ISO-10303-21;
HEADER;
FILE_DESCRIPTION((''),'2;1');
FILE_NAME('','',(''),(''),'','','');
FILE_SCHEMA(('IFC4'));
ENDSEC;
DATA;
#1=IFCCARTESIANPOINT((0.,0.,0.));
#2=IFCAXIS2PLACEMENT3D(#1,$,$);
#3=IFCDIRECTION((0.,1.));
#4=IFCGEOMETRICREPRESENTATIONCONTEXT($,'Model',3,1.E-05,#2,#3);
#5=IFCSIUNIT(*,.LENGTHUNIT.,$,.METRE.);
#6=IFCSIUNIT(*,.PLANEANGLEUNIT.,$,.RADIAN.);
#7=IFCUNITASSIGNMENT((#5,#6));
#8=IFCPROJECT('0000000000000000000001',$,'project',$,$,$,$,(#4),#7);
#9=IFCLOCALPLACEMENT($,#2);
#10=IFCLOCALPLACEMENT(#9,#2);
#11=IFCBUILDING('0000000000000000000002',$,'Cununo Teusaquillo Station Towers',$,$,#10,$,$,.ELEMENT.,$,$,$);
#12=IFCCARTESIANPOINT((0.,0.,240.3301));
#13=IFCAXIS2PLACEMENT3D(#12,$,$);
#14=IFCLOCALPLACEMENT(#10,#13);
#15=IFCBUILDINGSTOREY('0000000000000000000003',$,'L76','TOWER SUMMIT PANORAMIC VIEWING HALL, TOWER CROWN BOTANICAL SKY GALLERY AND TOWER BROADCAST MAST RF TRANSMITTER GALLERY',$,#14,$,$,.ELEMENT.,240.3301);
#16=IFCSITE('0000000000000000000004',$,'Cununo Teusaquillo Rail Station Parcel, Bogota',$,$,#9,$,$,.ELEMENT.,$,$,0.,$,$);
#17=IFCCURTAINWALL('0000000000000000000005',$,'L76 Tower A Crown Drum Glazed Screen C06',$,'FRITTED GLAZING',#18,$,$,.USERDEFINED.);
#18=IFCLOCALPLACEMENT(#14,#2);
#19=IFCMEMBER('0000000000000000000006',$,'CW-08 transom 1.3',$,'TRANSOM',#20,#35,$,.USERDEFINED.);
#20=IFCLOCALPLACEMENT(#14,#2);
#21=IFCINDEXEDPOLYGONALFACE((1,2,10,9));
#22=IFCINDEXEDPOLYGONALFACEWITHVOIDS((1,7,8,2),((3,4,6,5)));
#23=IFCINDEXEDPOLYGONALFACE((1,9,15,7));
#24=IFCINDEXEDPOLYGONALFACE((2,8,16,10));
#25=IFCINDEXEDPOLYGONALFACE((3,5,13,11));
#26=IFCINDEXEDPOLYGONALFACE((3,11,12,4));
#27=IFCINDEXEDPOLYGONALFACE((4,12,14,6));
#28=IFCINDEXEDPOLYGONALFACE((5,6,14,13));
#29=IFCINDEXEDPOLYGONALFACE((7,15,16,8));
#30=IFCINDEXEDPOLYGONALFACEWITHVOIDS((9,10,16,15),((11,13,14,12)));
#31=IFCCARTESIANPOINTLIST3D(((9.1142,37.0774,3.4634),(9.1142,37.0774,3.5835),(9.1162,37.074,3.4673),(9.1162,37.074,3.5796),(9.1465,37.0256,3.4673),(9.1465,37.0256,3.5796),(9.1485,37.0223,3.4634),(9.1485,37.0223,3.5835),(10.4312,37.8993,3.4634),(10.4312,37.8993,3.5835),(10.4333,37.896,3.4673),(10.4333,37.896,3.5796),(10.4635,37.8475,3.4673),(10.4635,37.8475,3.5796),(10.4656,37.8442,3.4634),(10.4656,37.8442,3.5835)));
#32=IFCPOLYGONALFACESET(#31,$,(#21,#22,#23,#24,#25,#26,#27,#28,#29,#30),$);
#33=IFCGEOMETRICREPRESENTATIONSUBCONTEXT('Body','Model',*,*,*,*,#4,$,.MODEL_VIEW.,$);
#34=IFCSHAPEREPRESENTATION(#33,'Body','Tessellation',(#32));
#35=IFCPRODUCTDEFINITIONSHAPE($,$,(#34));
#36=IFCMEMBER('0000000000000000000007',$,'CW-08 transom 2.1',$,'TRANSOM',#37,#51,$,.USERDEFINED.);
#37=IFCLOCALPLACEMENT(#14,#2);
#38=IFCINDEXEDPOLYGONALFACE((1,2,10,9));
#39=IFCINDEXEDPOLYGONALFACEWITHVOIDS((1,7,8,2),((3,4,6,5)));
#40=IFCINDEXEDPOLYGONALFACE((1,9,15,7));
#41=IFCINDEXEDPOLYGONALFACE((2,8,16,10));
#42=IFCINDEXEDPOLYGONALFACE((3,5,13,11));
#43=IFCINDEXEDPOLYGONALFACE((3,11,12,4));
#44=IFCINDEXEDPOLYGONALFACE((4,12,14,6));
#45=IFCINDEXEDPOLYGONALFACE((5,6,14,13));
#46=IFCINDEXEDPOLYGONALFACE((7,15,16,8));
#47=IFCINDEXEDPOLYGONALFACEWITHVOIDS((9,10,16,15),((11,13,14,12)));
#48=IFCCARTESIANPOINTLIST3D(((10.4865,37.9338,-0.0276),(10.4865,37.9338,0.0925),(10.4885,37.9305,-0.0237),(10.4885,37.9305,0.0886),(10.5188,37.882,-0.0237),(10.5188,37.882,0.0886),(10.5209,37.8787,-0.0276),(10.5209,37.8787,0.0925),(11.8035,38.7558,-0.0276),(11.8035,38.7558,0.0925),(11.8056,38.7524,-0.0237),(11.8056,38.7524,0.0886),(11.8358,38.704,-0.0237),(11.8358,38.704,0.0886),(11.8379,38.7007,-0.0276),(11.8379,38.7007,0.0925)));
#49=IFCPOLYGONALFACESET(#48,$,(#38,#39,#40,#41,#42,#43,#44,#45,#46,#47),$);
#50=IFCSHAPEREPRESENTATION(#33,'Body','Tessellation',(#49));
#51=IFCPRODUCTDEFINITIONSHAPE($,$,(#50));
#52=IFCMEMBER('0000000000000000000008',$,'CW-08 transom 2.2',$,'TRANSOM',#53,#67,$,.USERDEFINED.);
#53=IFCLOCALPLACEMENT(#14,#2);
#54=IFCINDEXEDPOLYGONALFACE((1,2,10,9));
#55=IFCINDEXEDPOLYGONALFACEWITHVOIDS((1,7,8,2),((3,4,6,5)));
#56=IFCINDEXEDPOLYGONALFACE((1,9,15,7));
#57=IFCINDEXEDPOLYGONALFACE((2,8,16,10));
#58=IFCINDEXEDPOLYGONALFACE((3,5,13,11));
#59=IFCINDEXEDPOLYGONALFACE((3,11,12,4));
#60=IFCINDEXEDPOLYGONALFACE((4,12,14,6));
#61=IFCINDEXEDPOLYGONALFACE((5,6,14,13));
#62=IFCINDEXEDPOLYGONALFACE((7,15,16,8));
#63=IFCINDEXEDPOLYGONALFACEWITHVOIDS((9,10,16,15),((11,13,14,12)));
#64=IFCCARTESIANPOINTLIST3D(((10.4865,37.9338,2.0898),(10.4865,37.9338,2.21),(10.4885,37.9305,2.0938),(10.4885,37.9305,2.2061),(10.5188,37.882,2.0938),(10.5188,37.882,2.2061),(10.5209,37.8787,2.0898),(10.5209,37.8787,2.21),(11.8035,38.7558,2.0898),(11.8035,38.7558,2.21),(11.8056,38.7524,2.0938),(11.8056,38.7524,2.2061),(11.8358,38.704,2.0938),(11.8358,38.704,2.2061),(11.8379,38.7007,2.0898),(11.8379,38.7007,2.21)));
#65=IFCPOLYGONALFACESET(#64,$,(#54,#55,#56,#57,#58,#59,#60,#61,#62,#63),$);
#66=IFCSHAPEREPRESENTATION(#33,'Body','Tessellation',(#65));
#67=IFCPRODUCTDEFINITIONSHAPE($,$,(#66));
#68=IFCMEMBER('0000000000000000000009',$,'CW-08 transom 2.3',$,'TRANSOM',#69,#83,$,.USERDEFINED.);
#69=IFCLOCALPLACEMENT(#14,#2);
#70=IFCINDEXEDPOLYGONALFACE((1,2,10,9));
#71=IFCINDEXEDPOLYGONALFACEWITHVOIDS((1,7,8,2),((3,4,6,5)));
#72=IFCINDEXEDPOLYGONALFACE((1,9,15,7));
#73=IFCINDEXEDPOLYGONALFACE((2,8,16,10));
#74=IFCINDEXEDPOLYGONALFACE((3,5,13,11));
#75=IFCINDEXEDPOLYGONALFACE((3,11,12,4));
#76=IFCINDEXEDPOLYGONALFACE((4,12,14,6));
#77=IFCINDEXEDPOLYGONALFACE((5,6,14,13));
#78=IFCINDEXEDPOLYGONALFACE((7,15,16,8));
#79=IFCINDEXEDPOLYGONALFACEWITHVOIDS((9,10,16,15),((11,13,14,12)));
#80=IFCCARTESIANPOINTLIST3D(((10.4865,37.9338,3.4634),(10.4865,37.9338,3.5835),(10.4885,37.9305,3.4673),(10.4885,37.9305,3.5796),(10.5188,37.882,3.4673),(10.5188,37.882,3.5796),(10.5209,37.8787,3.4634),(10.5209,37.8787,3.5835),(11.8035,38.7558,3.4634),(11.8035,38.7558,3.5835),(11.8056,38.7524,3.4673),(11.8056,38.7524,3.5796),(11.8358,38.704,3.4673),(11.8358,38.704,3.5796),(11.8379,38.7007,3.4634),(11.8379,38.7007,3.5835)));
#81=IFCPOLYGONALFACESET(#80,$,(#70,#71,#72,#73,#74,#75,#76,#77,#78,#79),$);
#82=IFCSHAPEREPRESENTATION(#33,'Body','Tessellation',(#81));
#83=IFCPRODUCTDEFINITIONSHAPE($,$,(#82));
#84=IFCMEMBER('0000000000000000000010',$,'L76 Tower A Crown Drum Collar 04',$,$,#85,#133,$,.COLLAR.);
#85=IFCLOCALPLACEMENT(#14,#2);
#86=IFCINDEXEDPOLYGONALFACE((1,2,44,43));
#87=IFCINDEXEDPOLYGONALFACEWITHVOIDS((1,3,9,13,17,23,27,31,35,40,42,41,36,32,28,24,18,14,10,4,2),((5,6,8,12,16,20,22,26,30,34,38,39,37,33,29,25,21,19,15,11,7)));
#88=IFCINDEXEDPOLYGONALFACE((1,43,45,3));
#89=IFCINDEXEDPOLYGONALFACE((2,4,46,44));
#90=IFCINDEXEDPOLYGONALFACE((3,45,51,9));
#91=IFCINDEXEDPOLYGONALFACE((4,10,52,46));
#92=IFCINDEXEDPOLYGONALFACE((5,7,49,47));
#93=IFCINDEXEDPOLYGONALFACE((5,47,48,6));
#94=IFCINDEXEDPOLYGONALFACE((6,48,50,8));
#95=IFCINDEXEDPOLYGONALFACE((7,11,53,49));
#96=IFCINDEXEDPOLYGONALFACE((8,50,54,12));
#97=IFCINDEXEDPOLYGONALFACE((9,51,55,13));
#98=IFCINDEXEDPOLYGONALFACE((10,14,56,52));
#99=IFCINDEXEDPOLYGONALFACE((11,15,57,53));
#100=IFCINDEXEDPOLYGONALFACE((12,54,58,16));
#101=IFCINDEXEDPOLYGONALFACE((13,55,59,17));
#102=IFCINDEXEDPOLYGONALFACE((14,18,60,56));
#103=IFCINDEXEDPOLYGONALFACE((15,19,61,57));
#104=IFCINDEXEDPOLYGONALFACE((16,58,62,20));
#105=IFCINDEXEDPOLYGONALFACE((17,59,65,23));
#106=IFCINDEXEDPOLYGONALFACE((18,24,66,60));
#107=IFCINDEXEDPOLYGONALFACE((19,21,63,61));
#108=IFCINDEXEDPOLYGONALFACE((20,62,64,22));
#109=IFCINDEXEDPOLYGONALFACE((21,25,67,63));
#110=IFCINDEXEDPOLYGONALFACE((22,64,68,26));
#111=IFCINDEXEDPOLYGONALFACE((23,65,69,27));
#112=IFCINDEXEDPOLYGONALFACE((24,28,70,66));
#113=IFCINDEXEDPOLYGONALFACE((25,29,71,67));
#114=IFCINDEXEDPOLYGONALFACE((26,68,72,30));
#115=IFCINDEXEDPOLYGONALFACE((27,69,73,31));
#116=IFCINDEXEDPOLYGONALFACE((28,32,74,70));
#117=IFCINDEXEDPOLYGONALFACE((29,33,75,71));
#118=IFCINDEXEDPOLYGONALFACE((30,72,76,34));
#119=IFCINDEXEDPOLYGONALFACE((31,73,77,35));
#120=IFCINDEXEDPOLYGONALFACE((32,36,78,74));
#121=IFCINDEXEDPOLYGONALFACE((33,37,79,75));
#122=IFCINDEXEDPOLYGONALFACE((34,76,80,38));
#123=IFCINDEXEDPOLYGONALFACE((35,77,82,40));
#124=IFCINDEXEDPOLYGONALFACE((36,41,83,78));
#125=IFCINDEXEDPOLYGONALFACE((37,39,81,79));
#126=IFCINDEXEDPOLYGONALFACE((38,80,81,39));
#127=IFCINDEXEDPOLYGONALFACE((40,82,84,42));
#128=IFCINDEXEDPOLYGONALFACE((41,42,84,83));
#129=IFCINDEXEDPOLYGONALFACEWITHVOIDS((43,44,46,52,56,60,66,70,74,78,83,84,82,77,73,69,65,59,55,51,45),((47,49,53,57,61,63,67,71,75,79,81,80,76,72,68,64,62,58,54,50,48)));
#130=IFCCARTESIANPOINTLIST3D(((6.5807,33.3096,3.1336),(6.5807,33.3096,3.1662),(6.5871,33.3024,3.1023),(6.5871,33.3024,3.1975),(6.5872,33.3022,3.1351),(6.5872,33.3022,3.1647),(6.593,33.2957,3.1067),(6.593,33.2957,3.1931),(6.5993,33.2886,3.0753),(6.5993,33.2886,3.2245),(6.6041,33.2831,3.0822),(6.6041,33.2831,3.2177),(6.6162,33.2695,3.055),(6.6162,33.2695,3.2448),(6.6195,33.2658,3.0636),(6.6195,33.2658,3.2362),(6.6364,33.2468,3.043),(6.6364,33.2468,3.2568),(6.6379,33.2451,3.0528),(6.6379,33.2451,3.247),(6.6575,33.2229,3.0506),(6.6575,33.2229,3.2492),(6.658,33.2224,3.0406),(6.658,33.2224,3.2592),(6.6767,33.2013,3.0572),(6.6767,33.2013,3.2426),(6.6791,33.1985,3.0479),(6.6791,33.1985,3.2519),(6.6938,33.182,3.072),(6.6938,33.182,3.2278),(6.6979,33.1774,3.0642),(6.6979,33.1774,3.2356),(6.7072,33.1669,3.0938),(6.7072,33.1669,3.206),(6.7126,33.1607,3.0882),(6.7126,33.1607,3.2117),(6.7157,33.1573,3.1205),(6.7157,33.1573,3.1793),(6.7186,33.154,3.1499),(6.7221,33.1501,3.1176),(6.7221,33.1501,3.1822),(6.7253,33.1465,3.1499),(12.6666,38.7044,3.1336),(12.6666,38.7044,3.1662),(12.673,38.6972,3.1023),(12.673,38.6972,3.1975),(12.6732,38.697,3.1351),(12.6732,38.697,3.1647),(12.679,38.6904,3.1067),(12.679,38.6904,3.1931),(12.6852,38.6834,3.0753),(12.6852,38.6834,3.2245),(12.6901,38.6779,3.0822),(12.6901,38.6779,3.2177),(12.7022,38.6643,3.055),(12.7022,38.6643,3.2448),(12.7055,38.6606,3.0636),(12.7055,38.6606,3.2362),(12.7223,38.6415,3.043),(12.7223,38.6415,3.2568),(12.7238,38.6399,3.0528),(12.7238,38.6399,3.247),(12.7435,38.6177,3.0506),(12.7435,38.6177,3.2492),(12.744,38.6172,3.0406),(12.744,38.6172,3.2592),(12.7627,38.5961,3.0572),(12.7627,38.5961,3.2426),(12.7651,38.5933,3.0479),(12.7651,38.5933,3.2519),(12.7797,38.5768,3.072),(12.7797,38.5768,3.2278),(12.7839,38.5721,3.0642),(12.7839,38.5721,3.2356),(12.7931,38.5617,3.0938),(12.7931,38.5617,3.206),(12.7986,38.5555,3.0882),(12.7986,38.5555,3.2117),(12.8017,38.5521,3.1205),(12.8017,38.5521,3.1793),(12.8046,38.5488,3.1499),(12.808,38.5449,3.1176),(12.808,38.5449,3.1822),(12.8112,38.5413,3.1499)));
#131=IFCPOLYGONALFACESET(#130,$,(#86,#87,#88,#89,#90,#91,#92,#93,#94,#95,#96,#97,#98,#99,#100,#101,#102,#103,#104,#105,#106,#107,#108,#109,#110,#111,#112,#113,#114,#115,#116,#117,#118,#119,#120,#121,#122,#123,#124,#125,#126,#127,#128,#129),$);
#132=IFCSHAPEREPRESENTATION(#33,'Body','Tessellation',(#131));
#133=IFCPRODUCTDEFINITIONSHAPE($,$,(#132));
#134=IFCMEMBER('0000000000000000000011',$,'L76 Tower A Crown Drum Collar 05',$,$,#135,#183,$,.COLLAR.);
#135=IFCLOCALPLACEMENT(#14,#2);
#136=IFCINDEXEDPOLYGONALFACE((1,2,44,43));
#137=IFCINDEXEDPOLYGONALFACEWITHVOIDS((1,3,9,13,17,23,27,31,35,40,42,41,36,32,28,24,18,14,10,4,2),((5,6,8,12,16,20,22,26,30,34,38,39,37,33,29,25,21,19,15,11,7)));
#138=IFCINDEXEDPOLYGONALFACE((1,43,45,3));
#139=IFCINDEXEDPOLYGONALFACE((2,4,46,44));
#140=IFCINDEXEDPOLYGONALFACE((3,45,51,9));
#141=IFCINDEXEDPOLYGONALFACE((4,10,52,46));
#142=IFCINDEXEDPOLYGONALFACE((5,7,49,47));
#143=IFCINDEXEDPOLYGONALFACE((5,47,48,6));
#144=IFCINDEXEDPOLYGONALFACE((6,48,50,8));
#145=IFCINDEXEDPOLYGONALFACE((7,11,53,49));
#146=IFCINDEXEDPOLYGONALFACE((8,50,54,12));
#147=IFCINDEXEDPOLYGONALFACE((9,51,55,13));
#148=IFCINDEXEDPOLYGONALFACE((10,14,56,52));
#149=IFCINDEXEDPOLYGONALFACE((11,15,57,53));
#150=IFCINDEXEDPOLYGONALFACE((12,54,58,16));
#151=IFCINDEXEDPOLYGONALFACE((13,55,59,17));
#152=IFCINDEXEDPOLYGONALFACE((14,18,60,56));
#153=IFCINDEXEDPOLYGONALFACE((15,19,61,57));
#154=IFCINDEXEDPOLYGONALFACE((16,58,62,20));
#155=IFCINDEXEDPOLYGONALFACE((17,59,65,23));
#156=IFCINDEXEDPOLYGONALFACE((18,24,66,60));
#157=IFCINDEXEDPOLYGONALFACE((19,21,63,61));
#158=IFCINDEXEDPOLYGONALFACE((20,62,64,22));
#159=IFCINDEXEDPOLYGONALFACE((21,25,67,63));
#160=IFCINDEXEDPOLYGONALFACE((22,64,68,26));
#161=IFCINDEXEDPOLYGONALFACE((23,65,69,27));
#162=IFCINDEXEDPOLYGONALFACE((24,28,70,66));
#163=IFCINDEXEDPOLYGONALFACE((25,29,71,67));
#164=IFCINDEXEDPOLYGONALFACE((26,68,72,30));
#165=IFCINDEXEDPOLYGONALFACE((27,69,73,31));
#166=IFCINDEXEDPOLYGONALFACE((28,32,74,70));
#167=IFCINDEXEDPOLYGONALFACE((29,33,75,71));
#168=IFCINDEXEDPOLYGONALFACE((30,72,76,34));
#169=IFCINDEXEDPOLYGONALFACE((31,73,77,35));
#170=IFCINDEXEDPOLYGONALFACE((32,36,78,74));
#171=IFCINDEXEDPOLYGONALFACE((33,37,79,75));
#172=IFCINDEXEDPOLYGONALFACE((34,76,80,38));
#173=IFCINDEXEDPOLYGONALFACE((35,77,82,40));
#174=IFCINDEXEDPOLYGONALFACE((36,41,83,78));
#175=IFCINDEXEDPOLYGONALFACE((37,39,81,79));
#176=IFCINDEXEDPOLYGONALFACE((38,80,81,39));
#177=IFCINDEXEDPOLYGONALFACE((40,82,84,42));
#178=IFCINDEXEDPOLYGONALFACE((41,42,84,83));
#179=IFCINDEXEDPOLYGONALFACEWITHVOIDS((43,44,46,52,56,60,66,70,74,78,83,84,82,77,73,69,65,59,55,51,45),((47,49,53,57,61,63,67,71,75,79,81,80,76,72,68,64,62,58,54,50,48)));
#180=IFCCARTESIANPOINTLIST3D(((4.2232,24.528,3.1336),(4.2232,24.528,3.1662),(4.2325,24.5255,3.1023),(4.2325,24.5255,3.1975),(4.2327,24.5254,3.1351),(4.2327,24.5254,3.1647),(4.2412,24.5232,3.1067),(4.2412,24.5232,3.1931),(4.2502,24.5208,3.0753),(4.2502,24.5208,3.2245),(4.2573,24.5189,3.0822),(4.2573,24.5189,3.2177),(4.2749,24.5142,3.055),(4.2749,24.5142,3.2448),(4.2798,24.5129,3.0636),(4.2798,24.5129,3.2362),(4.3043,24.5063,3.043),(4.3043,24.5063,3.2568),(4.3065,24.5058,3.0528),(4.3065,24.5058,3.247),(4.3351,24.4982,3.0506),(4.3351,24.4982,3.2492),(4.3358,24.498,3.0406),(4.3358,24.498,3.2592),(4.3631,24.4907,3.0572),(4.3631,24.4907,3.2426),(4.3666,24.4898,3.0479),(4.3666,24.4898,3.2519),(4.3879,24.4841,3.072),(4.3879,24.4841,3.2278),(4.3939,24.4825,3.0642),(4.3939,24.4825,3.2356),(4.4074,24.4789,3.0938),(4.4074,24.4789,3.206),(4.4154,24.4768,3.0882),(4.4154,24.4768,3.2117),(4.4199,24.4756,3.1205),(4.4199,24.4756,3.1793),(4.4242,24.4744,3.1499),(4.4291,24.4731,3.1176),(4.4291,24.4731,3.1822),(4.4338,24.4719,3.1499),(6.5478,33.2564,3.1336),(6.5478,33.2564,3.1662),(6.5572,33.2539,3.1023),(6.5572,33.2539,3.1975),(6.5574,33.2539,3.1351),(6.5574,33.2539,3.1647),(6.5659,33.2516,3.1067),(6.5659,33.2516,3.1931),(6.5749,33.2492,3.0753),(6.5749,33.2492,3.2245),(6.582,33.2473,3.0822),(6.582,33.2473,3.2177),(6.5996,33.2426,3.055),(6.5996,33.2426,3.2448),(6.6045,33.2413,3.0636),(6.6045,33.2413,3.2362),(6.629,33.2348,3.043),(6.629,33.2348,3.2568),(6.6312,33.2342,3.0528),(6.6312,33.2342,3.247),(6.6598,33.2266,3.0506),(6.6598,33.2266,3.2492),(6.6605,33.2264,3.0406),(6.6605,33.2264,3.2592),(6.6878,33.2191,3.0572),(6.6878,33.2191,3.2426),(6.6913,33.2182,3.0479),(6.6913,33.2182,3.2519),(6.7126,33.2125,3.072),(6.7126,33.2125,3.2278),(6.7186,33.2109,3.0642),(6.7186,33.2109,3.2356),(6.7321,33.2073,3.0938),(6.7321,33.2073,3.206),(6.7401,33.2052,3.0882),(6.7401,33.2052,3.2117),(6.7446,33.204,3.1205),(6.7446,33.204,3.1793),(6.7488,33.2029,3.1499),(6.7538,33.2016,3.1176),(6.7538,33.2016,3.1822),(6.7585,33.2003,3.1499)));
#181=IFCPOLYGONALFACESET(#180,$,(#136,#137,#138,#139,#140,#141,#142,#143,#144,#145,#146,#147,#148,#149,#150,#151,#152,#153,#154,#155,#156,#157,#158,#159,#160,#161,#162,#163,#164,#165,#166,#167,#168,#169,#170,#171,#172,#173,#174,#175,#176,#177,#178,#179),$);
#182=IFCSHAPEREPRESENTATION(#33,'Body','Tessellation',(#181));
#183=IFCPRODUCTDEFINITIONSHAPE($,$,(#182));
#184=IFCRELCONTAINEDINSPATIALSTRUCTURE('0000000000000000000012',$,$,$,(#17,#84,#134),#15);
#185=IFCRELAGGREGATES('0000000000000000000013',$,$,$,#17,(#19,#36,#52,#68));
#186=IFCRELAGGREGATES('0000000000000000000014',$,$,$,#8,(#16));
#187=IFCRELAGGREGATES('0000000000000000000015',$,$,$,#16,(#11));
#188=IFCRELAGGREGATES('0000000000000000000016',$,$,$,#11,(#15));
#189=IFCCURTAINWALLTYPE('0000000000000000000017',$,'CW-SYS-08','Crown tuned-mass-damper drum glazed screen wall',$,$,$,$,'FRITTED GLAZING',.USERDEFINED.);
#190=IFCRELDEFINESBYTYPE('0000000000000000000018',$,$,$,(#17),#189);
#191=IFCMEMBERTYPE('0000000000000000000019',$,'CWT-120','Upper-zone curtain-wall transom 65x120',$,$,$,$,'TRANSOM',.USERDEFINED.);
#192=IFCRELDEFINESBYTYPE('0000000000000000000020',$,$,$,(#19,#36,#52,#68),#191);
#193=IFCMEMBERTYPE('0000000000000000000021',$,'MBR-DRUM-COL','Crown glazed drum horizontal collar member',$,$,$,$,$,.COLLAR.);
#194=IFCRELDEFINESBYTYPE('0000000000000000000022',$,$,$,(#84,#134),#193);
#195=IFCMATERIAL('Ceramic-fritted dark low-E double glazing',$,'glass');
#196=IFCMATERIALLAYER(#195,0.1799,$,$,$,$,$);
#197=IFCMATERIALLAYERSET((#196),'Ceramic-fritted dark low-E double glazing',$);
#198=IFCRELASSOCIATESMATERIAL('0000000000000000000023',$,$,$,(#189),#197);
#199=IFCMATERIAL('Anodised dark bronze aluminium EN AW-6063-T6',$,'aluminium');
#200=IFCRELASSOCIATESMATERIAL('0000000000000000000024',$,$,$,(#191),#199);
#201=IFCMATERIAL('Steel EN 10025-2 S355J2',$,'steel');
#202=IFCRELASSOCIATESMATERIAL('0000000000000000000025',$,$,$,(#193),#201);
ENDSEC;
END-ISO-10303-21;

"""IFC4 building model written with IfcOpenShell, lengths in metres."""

from ifc_helpers import new_model, si_unit, direction, frame, origin, origin_2d, place, context, subcontext, project, spatial, hollow_rectangle, hollow_circle, extrude, material, layer, layer_set, material_profile, profile_set, type_object, element, aggregate, save


model = new_model("IFC4")

# Units and contexts
model_context = context("Model", 3, precision=1e-05, world=origin(), true_north=direction((0.0, 1.0)))
body_context = subcontext(model_context, "Body", "Model", "MODEL_VIEW")
ifc_project = project(units=[si_unit("LENGTHUNIT", "METRE"), si_unit("PLANEANGLEUNIT", "RADIAN")], contexts=[model_context])

# Site, building, storey
site_placement = place(None, origin())
site = spatial("IfcSite", under=ifc_project, at=site_placement, Name="Cununo Teusaquillo Rail Station Parcel, Bogota", CompositionType="ELEMENT", RefElevation=0.0)
building_placement = place(site_placement, origin())
building = spatial("IfcBuilding", under=site, at=building_placement, Name="Cununo Teusaquillo Station Towers", CompositionType="ELEMENT")
storey_placement = place(building_placement, frame((0.0, 0.0, 240.3301)))
storey = spatial("IfcBuildingStorey", under=building, at=storey_placement, Name="L76", Description="TOWER SUMMIT PANORAMIC VIEWING HALL, TOWER CROWN BOTANICAL SKY GALLERY AND TOWER BROADCAST MAST RF TRANSMITTER GALLERY", CompositionType="ELEMENT", Elevation=240.3301)

# Curtain wall, members
ifc_material_1 = material(Name="Ceramic-fritted dark low-E double glazing", Category="glass")
ifc_layer_1 = layer(ifc_material_1, 0.1799)
ifc_layer_set_1 = layer_set([ifc_layer_1], Name="Ceramic-fritted dark low-E double glazing")
curtain_wall_type = type_object("IfcCurtainWallType", Name="CW-SYS-08", Description="Crown tuned-mass-damper drum glazed screen wall", ElementType="FRITTED GLAZING", PredefinedType="USERDEFINED", material=ifc_layer_set_1)
curtain_wall_placement = place(storey_placement, origin())
curtain_wall = element("IfcCurtainWall", 1, at=curtain_wall_placement, inside=storey, type_object=curtain_wall_type, Name="L76 Tower A Crown Drum Glazed Screen C06", ObjectType="FRITTED GLAZING", PredefinedType="USERDEFINED")
ifc_material_2 = material(Name="Anodised dark bronze aluminium EN AW-6063-T6", Category="aluminium")
ifc_material_profile_1 = material_profile(ifc_material_2, hollow_rectangle(XDim=0.0649, YDim=0.1201, WallThickness=0.0039, at=origin_2d()), Name="CW-TRAN-65x120")
ifc_profile_set_1 = profile_set([ifc_material_profile_1], Name="Anodised dark bronze aluminium EN AW-6063-T6")
member_type_1 = type_object("IfcMemberType", Name="CWT-120", Description="Upper-zone curtain-wall transom 65x120", ElementType="TRANSOM", PredefinedType="USERDEFINED", material=ifc_profile_set_1)
member_1_placement = place(storey_placement, frame((9.1313, 37.0498, 3.5234), z_axis=(0.848343, 0.529448, 0.0), x_axis=(-0.529448, 0.848343, 0.0)))
member_1 = element("IfcMember", 2, at=member_1_placement, type_object=member_type_1, Name="CW-08 transom 1.3", ObjectType="TRANSOM", PredefinedType="USERDEFINED", context=body_context, shape_type="SweptSolid", body=[
    extrude(hollow_rectangle(XDim=0.0649, YDim=0.1201, WallThickness=0.0039, at=origin_2d()), origin(), (0.0, 0.0, 1.0), 1.5525),
])
member_2_placement = place(storey_placement, frame((10.5037, 37.9062, 0.0325), z_axis=(0.848343, 0.529448, 0.0), x_axis=(-0.529448, 0.848343, 0.0)))
member_2 = element("IfcMember", 3, at=member_2_placement, type_object=member_type_1, Name="CW-08 transom 2.1", ObjectType="TRANSOM", PredefinedType="USERDEFINED", context=body_context, shape_type="SweptSolid", body=[
    extrude(hollow_rectangle(XDim=0.0649, YDim=0.1201, WallThickness=0.0039, at=origin_2d()), origin(), (0.0, 0.0, 1.0), 1.5525),
])
member_3_placement = place(storey_placement, frame((10.5037, 37.9062, 2.1499), z_axis=(0.848343, 0.529448, 0.0), x_axis=(-0.529448, 0.848343, 0.0)))
member_3 = element("IfcMember", 4, at=member_3_placement, type_object=member_type_1, Name="CW-08 transom 2.2", ObjectType="TRANSOM", PredefinedType="USERDEFINED", context=body_context, shape_type="SweptSolid", body=[
    extrude(hollow_rectangle(XDim=0.0649, YDim=0.1201, WallThickness=0.0039, at=origin_2d()), origin(), (0.0, 0.0, 1.0), 1.5525),
])
member_4_placement = place(storey_placement, frame((10.5037, 37.9062, 3.5234), z_axis=(0.848343, 0.529448, 0.0), x_axis=(-0.529448, 0.848343, 0.0)))
member_4 = element("IfcMember", 5, at=member_4_placement, type_object=member_type_1, Name="CW-08 transom 2.3", ObjectType="TRANSOM", PredefinedType="USERDEFINED", context=body_context, shape_type="SweptSolid", body=[
    extrude(hollow_rectangle(XDim=0.0649, YDim=0.1201, WallThickness=0.0039, at=origin_2d()), origin(), (0.0, 0.0, 1.0), 1.5525),
])

# Members
ifc_material_3 = material(Name="Steel EN 10025-2 S355J2", Category="steel")
ifc_material_profile_2 = material_profile(ifc_material_3, hollow_circle(Radius=0.1096, WallThickness=0.01, at=origin_2d()), Name="CHS 219x10")
ifc_profile_set_2 = profile_set([ifc_material_profile_2], Name="Steel EN 10025-2 S355J2")
member_type_2 = type_object("IfcMemberType", Name="MBR-DRUM-COL", Description="Crown glazed drum horizontal collar member", PredefinedType="COLLAR", material=ifc_profile_set_2)
member_5_placement = place(storey_placement, frame((12.7385, 38.6233, 3.1499), z_axis=(-0.748321, -0.663337, 0.0), x_axis=(0.663337, -0.748321, 0.0)))
element("IfcMember", 6, at=member_5_placement, inside=storey, type_object=member_type_2, Name="L76 Tower A Crown Drum Collar 04", PredefinedType="COLLAR", context=body_context, shape_type="SweptSolid", body=[
    extrude(hollow_circle(Radius=0.1096, WallThickness=0.01, at=origin_2d()), origin(), (0.0, 0.0, 1.0), 8.1328),
])
member_6_placement = place(storey_placement, frame((6.6526, 33.2285, 3.1499), z_axis=(-0.257363, -0.966315, 0.0), x_axis=(0.966315, -0.257363, 0.0)))
element("IfcMember", 7, at=member_6_placement, inside=storey, type_object=member_type_2, Name="L76 Tower A Crown Drum Collar 05", PredefinedType="COLLAR", context=body_context, shape_type="SweptSolid", body=[
    extrude(hollow_circle(Radius=0.1096, WallThickness=0.01, at=origin_2d()), origin(), (0.0, 0.0, 1.0), 9.0327),
])

aggregate(curtain_wall, [member_1, member_2, member_3, member_4])

save(model, "model.ifc")
